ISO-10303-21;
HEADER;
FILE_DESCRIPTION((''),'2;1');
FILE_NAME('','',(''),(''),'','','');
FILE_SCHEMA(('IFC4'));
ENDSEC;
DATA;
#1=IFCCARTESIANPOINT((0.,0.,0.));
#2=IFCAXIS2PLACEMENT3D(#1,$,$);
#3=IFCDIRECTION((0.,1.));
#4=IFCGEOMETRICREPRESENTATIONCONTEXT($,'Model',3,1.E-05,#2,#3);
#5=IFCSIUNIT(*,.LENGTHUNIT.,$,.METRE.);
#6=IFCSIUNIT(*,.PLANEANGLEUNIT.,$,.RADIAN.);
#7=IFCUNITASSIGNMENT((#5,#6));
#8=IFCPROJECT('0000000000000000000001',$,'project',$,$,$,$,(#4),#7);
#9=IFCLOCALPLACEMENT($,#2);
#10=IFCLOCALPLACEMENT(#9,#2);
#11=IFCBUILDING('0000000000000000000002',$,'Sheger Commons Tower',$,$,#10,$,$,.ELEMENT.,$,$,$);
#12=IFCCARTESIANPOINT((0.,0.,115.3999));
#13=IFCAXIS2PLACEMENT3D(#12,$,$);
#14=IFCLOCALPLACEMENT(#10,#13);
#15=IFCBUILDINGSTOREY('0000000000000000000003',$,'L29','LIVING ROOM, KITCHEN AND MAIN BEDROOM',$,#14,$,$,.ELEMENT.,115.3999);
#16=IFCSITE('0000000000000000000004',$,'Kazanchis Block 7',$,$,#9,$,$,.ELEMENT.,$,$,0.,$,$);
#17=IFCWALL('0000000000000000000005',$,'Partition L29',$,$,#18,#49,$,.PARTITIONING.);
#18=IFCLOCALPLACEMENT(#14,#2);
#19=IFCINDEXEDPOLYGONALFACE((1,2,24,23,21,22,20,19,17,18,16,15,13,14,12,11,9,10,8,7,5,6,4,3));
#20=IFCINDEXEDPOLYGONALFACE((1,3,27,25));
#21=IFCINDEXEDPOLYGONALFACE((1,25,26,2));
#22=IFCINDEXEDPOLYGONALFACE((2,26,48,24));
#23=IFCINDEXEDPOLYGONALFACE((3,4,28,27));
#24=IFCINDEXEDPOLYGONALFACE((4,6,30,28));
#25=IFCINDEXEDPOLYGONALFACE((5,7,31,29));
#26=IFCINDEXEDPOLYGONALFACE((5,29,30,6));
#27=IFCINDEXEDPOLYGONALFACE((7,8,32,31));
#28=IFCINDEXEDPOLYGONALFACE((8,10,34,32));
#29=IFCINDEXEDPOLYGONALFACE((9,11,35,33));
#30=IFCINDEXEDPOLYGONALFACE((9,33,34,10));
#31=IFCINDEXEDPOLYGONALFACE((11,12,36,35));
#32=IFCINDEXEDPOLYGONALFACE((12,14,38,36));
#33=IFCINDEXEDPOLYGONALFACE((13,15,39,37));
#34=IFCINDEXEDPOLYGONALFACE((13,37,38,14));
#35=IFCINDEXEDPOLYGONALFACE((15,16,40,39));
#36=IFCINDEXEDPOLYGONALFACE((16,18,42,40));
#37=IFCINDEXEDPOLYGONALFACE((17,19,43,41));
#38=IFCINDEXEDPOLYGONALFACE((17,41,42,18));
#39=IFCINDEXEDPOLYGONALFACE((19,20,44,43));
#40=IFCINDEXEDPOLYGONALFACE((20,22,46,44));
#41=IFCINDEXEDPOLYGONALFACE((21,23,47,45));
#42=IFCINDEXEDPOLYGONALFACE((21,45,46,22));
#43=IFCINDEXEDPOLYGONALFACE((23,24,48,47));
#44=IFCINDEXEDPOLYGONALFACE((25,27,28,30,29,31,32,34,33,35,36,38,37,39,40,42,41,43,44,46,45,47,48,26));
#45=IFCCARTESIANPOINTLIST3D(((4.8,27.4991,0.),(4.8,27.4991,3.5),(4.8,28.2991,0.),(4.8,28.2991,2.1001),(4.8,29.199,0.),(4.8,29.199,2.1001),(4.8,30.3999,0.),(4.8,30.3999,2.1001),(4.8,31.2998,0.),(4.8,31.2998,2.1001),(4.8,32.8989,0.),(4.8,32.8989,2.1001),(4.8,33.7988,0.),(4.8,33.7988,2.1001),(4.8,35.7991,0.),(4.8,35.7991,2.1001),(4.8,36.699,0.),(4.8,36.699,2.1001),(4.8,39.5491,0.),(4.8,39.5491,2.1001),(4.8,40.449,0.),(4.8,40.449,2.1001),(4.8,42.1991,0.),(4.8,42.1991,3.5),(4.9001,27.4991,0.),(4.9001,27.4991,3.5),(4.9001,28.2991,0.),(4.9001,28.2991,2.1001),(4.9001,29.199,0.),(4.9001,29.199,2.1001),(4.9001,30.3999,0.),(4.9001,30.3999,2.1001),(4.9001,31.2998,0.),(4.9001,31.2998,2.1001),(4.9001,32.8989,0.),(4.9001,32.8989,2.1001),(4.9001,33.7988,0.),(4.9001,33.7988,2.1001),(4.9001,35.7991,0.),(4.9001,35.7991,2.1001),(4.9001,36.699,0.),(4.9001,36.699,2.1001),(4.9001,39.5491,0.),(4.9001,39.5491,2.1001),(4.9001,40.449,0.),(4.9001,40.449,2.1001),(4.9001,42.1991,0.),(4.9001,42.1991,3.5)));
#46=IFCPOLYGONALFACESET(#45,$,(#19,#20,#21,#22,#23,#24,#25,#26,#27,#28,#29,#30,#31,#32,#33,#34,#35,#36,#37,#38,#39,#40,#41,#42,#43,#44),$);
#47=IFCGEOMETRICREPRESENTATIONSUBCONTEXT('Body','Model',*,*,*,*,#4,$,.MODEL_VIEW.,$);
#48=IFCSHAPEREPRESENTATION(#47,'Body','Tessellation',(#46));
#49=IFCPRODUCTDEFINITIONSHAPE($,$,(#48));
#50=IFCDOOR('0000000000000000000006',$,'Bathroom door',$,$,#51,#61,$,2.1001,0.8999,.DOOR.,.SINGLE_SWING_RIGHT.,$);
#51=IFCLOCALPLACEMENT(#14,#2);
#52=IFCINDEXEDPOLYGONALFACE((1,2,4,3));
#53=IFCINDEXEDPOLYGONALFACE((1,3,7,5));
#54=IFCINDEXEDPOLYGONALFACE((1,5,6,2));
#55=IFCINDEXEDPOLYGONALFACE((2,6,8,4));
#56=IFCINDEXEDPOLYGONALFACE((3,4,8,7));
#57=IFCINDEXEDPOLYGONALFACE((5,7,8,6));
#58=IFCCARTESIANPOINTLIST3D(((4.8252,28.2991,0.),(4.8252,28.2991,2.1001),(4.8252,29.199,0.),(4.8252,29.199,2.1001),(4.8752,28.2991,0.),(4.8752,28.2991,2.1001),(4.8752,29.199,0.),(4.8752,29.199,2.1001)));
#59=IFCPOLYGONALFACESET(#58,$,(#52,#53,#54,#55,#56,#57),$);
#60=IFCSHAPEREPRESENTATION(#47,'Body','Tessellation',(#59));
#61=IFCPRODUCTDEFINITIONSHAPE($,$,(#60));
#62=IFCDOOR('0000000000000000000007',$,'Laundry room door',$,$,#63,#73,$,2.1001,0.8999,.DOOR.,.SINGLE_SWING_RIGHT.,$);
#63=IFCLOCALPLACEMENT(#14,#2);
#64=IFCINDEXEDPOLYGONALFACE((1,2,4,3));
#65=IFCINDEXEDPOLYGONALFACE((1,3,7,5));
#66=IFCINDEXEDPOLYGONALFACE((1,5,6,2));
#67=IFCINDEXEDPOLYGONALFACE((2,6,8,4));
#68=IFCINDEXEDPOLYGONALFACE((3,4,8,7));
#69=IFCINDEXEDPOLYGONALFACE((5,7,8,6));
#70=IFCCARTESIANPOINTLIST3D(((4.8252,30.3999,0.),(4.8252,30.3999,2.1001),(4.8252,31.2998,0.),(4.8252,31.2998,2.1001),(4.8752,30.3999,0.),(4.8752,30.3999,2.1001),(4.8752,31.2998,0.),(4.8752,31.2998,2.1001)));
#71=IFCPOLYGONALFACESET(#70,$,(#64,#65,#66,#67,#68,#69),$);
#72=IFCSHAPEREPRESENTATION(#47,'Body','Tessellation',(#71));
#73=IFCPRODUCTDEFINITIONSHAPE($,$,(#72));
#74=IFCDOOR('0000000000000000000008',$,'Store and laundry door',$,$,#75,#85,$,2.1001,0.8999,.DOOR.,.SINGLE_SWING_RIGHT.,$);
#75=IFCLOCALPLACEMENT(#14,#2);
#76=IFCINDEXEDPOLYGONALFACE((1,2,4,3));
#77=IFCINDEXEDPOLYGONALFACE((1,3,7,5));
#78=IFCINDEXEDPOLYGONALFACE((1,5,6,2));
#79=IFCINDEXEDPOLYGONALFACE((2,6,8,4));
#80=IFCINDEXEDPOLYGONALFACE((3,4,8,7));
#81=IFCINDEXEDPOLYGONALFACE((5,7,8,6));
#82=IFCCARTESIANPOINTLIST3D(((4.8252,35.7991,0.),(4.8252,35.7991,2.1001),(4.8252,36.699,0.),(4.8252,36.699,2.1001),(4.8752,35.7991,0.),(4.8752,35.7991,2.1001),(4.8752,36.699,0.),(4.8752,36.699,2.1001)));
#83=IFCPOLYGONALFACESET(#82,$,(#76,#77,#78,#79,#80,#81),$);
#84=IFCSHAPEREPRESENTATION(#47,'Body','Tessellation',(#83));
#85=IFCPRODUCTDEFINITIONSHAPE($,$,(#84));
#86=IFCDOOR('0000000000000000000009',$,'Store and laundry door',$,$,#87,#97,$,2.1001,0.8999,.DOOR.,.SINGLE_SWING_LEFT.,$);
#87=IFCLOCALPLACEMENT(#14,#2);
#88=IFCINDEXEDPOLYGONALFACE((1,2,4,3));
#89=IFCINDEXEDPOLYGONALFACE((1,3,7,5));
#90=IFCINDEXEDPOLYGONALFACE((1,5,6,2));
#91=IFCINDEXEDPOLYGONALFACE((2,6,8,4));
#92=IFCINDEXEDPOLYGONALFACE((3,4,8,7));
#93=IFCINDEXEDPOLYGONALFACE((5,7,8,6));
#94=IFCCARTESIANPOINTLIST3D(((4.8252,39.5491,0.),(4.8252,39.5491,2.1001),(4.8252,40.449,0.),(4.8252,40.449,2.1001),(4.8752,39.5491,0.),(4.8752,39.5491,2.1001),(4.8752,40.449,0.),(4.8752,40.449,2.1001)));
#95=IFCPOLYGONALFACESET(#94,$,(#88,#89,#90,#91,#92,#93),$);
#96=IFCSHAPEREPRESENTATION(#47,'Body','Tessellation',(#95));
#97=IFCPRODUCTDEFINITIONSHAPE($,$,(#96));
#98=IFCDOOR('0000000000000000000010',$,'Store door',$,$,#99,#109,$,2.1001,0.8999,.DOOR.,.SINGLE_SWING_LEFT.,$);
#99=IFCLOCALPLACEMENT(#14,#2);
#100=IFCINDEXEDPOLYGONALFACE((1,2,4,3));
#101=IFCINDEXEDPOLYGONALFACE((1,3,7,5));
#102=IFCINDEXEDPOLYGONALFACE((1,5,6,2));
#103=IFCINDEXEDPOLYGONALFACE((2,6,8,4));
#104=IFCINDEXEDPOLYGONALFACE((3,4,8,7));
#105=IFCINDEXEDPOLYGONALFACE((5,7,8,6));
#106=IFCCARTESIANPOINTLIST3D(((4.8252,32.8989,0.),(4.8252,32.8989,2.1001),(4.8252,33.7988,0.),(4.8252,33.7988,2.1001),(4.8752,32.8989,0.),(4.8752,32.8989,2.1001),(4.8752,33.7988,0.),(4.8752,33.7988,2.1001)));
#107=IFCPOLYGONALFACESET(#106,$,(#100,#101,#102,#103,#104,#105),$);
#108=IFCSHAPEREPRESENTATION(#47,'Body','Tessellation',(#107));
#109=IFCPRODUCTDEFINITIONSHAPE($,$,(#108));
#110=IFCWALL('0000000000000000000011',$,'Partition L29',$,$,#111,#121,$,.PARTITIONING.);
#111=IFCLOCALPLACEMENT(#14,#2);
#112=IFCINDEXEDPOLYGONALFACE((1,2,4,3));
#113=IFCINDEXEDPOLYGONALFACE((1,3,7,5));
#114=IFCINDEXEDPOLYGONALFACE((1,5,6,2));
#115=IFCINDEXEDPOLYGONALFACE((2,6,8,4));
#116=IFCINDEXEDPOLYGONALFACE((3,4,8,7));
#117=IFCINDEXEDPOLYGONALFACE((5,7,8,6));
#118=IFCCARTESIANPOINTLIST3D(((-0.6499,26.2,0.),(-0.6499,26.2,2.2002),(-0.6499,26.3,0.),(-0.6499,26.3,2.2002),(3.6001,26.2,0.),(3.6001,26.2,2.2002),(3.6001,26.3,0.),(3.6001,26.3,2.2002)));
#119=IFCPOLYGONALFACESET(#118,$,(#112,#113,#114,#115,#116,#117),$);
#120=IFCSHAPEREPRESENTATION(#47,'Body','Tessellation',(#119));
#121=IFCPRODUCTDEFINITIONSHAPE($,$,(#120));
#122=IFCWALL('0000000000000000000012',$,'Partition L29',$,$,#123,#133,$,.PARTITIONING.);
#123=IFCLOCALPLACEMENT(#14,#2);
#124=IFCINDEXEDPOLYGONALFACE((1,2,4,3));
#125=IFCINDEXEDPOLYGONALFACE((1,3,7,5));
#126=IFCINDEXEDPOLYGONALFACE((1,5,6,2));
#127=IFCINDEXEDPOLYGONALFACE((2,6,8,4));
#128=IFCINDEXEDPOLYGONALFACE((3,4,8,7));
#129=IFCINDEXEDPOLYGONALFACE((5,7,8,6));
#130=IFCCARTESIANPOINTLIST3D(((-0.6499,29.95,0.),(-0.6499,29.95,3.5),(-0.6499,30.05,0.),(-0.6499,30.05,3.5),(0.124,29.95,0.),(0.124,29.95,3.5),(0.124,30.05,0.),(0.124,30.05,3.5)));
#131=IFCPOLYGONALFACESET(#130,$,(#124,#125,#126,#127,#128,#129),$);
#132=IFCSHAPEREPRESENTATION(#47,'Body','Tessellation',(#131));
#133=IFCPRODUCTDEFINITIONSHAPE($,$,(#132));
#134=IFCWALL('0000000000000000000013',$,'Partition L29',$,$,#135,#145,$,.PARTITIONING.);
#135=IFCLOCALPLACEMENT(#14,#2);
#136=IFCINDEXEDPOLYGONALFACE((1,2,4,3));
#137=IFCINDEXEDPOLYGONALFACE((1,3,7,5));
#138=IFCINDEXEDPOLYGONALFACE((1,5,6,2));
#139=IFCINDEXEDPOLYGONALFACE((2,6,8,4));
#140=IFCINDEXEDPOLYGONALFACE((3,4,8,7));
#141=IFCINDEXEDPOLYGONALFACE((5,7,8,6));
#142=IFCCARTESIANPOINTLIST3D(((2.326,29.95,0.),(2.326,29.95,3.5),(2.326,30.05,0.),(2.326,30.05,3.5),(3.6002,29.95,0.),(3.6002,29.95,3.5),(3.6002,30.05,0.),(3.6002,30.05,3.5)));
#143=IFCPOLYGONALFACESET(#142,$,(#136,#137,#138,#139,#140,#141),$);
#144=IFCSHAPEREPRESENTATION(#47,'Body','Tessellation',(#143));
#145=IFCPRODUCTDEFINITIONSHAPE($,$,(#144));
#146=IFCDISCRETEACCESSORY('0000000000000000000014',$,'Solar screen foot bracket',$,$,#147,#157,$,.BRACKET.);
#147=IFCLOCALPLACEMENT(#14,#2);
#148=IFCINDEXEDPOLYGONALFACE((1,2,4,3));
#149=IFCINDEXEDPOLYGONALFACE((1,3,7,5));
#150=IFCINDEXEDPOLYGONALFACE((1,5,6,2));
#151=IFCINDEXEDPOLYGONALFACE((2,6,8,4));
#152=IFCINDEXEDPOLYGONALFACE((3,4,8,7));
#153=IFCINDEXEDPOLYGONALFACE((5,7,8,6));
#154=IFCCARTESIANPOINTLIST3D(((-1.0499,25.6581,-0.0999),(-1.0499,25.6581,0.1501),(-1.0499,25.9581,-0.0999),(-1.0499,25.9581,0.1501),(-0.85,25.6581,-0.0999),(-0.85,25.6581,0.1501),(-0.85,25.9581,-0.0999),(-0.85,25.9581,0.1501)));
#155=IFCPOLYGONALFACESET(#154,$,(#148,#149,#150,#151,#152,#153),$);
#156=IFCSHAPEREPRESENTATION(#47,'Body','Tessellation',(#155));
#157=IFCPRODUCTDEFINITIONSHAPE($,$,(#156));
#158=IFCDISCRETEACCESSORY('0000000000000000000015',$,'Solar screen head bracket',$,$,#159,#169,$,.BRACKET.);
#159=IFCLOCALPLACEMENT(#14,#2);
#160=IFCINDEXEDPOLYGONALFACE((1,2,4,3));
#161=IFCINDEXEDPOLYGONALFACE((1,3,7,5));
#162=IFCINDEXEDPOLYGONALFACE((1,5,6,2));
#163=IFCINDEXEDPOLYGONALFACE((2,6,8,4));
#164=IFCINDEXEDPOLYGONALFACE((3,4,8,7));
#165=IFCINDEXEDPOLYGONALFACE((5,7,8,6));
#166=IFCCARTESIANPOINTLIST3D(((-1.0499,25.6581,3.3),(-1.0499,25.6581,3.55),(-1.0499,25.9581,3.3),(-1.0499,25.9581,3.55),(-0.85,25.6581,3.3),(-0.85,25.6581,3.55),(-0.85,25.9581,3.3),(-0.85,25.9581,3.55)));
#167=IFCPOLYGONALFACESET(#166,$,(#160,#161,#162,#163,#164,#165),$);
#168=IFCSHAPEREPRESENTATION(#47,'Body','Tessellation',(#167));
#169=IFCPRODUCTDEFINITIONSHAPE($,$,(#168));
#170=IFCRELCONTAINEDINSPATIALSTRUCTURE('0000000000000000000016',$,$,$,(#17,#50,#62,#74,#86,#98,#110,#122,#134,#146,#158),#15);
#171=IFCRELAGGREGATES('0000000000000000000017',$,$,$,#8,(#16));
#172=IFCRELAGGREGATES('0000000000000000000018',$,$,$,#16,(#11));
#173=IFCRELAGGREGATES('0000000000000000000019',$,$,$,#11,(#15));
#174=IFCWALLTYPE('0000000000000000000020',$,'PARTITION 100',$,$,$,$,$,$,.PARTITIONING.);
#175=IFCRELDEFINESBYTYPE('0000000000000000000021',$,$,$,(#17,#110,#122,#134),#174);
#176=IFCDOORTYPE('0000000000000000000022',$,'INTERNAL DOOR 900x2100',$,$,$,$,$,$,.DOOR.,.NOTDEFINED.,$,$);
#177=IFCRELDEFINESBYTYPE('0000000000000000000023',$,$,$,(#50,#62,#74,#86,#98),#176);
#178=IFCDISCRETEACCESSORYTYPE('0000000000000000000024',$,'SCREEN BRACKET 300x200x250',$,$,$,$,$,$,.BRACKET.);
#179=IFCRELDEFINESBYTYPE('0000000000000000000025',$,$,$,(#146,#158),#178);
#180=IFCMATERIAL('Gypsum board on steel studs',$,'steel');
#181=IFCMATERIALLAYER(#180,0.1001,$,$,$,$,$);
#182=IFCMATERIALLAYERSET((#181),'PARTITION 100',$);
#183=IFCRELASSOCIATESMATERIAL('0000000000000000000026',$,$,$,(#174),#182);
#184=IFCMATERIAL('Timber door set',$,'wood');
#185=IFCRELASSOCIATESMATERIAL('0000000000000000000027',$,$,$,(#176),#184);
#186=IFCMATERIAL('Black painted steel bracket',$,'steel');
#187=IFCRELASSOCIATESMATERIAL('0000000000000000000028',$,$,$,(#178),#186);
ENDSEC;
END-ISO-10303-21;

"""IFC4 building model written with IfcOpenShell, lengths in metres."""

from ifc_helpers import new_model, si_unit, direction, frame, frame_2d, origin, origin_2d, place, context, subcontext, project, spatial, rectangle, extrude, material, layer, layer_set, type_object, element, fill, save


model = new_model("IFC4")

# Units and contexts
model_context = context("Model", 3, precision=1e-05, world=origin(), true_north=direction((0.0, 1.0)))
body_context = subcontext(model_context, "Body", "Model", "MODEL_VIEW")
ifc_project = project(units=[si_unit("LENGTHUNIT", "METRE"), si_unit("PLANEANGLEUNIT", "RADIAN")], contexts=[model_context])

# Site, building, storey
site_placement = place(None, origin())
site = spatial("IfcSite", under=ifc_project, at=site_placement, Name="Kazanchis Block 7", CompositionType="ELEMENT", RefElevation=0.0)
building_placement = place(site_placement, origin())
building = spatial("IfcBuilding", under=site, at=building_placement, Name="Sheger Commons Tower", CompositionType="ELEMENT")
storey_placement = place(building_placement, frame((0.0, 0.0, 115.3999)))
storey = spatial("IfcBuildingStorey", under=building, at=storey_placement, Name="L29", Description="LIVING ROOM, KITCHEN AND MAIN BEDROOM", CompositionType="ELEMENT", Elevation=115.3999)

# Wall, openings, doors
ifc_material_1 = material(Name="Gypsum board on steel studs", Category="steel")
ifc_layer_1 = layer(ifc_material_1, 0.1001)
ifc_layer_set_1 = layer_set([ifc_layer_1], Name="PARTITION 100")
wall_type_1 = type_object("IfcWallType", Name="PARTITION 100", PredefinedType="PARTITIONING", material=ifc_layer_set_1)
ifc_material_2 = material(Name="Timber door set", Category="wood")
door_type = type_object("IfcDoorType", Name="INTERNAL DOOR 900x2100", OperationType="NOTDEFINED", PredefinedType="DOOR", material=ifc_material_2)
wall_1_placement = place(storey_placement, frame((4.8501, 27.499, 0.0), z_axis=(0.0, 0.0, 1.0), x_axis=(0.0, 1.0, 0.0)))
wall_1 = element("IfcWall", 1, at=wall_1_placement, inside=storey, type_object=wall_type_1, Name="Partition L29", PredefinedType="PARTITIONING", context=body_context, shape_type="SweptSolid", body=[
    extrude(rectangle(XDim=14.7, YDim=0.1001, at=frame_2d((7.3501, 0.0))), origin(), (0.0, 0.0, 1.0), 3.5),
])
opening_1_placement = place(wall_1_placement, frame((0.8, 0.0, 0.0)))
opening_1 = element("IfcOpeningElement", 2, at=opening_1_placement, cuts=wall_1, PredefinedType="OPENING", context=body_context, shape_type="SweptSolid", body=[
    extrude(rectangle(XDim=0.8999, YDim=2.1001, at=frame_2d((0.45, 1.05))), frame((0.0, 0.0601, 0.0), z_axis=(0.0, -1.0, 0.0), x_axis=(1.0, 0.0, 0.0)), (0.0, 0.0, 1.0), 0.1201),
])
opening_2_placement = place(wall_1_placement, frame((2.9009, 0.0, 0.0)))
opening_2 = element("IfcOpeningElement", 3, at=opening_2_placement, cuts=wall_1, PredefinedType="OPENING", context=body_context, shape_type="SweptSolid", body=[
    extrude(rectangle(XDim=0.8999, YDim=2.1001, at=frame_2d((0.45, 1.05))), frame((0.0, 0.0601, 0.0), z_axis=(0.0, -1.0, 0.0), x_axis=(1.0, 0.0, 0.0)), (0.0, 0.0, 1.0), 0.1201),
])
opening_3_placement = place(wall_1_placement, frame((8.3, 0.0, 0.0)))
opening_3 = element("IfcOpeningElement", 4, at=opening_3_placement, cuts=wall_1, PredefinedType="OPENING", context=body_context, shape_type="SweptSolid", body=[
    extrude(rectangle(XDim=0.8999, YDim=2.1001, at=frame_2d((0.45, 1.05))), frame((0.0, 0.0601, 0.0), z_axis=(0.0, -1.0, 0.0), x_axis=(1.0, 0.0, 0.0)), (0.0, 0.0, 1.0), 0.1201),
])
opening_4_placement = place(wall_1_placement, frame((12.05, 0.0, 0.0)))
opening_4 = element("IfcOpeningElement", 5, at=opening_4_placement, cuts=wall_1, PredefinedType="OPENING", context=body_context, shape_type="SweptSolid", body=[
    extrude(rectangle(XDim=0.8999, YDim=2.1001, at=frame_2d((0.45, 1.05))), frame((0.0, 0.0601, 0.0), z_axis=(0.0, -1.0, 0.0), x_axis=(1.0, 0.0, 0.0)), (0.0, 0.0, 1.0), 0.1201),
])
opening_5_placement = place(wall_1_placement, frame((5.3999, 0.0, 0.0)))
opening_5 = element("IfcOpeningElement", 6, at=opening_5_placement, cuts=wall_1, PredefinedType="OPENING", context=body_context, shape_type="SweptSolid", body=[
    extrude(rectangle(XDim=0.8999, YDim=2.1001, at=frame_2d((0.45, 1.05))), frame((0.0, 0.0601, 0.0), z_axis=(0.0, -1.0, 0.0), x_axis=(1.0, 0.0, 0.0)), (0.0, 0.0, 1.0), 0.1201),
])
door_1_placement = place(opening_1_placement, origin())
door_1 = element("IfcDoor", 7, at=door_1_placement, inside=storey, type_object=door_type, Name="Bathroom door", OperationType="SINGLE_SWING_RIGHT", OverallHeight=2.1001, OverallWidth=0.8999, PredefinedType="DOOR", context=body_context, shape_type="SweptSolid", body=[
    extrude(rectangle(XDim=0.8999, YDim=2.1001, at=frame_2d((0.45, 1.05))), frame((0.0, 0.0249, 0.0), z_axis=(0.0, -1.0, 0.0), x_axis=(1.0, 0.0, 0.0)), (0.0, 0.0, 1.0), 0.05),
])
fill(opening_1, door_1)
door_2_placement = place(opening_2_placement, origin())
door_2 = element("IfcDoor", 8, at=door_2_placement, inside=storey, type_object=door_type, Name="Laundry room door", OperationType="SINGLE_SWING_RIGHT", OverallHeight=2.1001, OverallWidth=0.8999, PredefinedType="DOOR", context=body_context, shape_type="SweptSolid", body=[
    extrude(rectangle(XDim=0.8999, YDim=2.1001, at=frame_2d((0.45, 1.05))), frame((0.0, 0.0249, 0.0), z_axis=(0.0, -1.0, 0.0), x_axis=(1.0, 0.0, 0.0)), (0.0, 0.0, 1.0), 0.05),
])
fill(opening_2, door_2)
door_3_placement = place(opening_3_placement, origin())
door_3 = element("IfcDoor", 9, at=door_3_placement, inside=storey, type_object=door_type, Name="Store and laundry door", OperationType="SINGLE_SWING_RIGHT", OverallHeight=2.1001, OverallWidth=0.8999, PredefinedType="DOOR", context=body_context, shape_type="SweptSolid", body=[
    extrude(rectangle(XDim=0.8999, YDim=2.1001, at=frame_2d((0.45, 1.05))), frame((0.0, 0.0249, 0.0), z_axis=(0.0, -1.0, 0.0), x_axis=(1.0, 0.0, 0.0)), (0.0, 0.0, 1.0), 0.05),
])
fill(opening_3, door_3)
door_4_placement = place(opening_4_placement, origin())
door_4 = element("IfcDoor", 10, at=door_4_placement, inside=storey, type_object=door_type, Name="Store and laundry door", OperationType="SINGLE_SWING_LEFT", OverallHeight=2.1001, OverallWidth=0.8999, PredefinedType="DOOR", context=body_context, shape_type="SweptSolid", body=[
    extrude(rectangle(XDim=0.8999, YDim=2.1001, at=frame_2d((0.45, 1.05))), frame((0.0, 0.0249, 0.0), z_axis=(0.0, -1.0, 0.0), x_axis=(1.0, 0.0, 0.0)), (0.0, 0.0, 1.0), 0.05),
])
fill(opening_4, door_4)
door_5_placement = place(opening_5_placement, origin())
door_5 = element("IfcDoor", 11, at=door_5_placement, inside=storey, type_object=door_type, Name="Store door", OperationType="SINGLE_SWING_LEFT", OverallHeight=2.1001, OverallWidth=0.8999, PredefinedType="DOOR", context=body_context, shape_type="SweptSolid", body=[
    extrude(rectangle(XDim=0.8999, YDim=2.1001, at=frame_2d((0.45, 1.05))), frame((0.0, 0.0249, 0.0), z_axis=(0.0, -1.0, 0.0), x_axis=(1.0, 0.0, 0.0)), (0.0, 0.0, 1.0), 0.05),
])
fill(opening_5, door_5)

# Walls
wall_2_placement = place(storey_placement, frame((-0.6499, 26.25, 0.0), z_axis=(0.0, 0.0, 1.0), x_axis=(1.0, 0.0, 0.0)))
element("IfcWall", 12, at=wall_2_placement, inside=storey, type_object=wall_type_1, Name="Partition L29", PredefinedType="PARTITIONING", context=body_context, shape_type="SweptSolid", body=[
    extrude(rectangle(XDim=4.25, YDim=0.1001, at=frame_2d((2.125, 0.0))), origin(), (0.0, 0.0, 1.0), 2.2002),
])
wall_3_placement = place(storey_placement, frame((-0.6499, 30.0, 0.0), z_axis=(0.0, 0.0, 1.0), x_axis=(1.0, 0.0, 0.0)))
element("IfcWall", 13, at=wall_3_placement, inside=storey, type_object=wall_type_1, Name="Partition L29", PredefinedType="PARTITIONING", context=body_context, shape_type="SweptSolid", body=[
    extrude(rectangle(XDim=0.7739, YDim=0.1001, at=frame_2d((0.387, 0.0))), origin(), (0.0, 0.0, 1.0), 3.5),
])
wall_4_placement = place(storey_placement, frame((2.3259, 30.0, 0.0), z_axis=(0.0, 0.0, 1.0), x_axis=(1.0, 0.0, 0.0)))
element("IfcWall", 14, at=wall_4_placement, inside=storey, type_object=wall_type_1, Name="Partition L29", PredefinedType="PARTITIONING", context=body_context, shape_type="SweptSolid", body=[
    extrude(rectangle(XDim=1.2742, YDim=0.1001, at=frame_2d((0.6372, 0.0))), origin(), (0.0, 0.0, 1.0), 3.5),
])

# Discrete accessories
ifc_material_3 = material(Name="Black painted steel bracket", Category="steel")
discrete_accessory_type = type_object("IfcDiscreteAccessoryType", Name="SCREEN BRACKET 300x200x250", PredefinedType="BRACKET", material=ifc_material_3)
for number, where, z_axis, x_axis, name in (
    (15, (-0.95, 25.8081, -0.0999), (0.0, 0.0, 1.0), (0.0, -1.0, 0.0), "Solar screen foot bracket"),
    (16, (-0.95, 25.8081, 3.3), (0.0, 0.0, 1.0), (0.0, -1.0, 0.0), "Solar screen head bracket"),
):
    element("IfcDiscreteAccessory", number, at=place(storey_placement, frame(where, z_axis=z_axis, x_axis=x_axis)), inside=storey, type_object=discrete_accessory_type, Name=name, PredefinedType="BRACKET", context=body_context, shape_type="SweptSolid", body=[
        extrude(rectangle(XDim=0.3, YDim=0.2, at=origin_2d()), origin(), (0.0, 0.0, 1.0), 0.25),
    ])

save(model, "model.ifc")
